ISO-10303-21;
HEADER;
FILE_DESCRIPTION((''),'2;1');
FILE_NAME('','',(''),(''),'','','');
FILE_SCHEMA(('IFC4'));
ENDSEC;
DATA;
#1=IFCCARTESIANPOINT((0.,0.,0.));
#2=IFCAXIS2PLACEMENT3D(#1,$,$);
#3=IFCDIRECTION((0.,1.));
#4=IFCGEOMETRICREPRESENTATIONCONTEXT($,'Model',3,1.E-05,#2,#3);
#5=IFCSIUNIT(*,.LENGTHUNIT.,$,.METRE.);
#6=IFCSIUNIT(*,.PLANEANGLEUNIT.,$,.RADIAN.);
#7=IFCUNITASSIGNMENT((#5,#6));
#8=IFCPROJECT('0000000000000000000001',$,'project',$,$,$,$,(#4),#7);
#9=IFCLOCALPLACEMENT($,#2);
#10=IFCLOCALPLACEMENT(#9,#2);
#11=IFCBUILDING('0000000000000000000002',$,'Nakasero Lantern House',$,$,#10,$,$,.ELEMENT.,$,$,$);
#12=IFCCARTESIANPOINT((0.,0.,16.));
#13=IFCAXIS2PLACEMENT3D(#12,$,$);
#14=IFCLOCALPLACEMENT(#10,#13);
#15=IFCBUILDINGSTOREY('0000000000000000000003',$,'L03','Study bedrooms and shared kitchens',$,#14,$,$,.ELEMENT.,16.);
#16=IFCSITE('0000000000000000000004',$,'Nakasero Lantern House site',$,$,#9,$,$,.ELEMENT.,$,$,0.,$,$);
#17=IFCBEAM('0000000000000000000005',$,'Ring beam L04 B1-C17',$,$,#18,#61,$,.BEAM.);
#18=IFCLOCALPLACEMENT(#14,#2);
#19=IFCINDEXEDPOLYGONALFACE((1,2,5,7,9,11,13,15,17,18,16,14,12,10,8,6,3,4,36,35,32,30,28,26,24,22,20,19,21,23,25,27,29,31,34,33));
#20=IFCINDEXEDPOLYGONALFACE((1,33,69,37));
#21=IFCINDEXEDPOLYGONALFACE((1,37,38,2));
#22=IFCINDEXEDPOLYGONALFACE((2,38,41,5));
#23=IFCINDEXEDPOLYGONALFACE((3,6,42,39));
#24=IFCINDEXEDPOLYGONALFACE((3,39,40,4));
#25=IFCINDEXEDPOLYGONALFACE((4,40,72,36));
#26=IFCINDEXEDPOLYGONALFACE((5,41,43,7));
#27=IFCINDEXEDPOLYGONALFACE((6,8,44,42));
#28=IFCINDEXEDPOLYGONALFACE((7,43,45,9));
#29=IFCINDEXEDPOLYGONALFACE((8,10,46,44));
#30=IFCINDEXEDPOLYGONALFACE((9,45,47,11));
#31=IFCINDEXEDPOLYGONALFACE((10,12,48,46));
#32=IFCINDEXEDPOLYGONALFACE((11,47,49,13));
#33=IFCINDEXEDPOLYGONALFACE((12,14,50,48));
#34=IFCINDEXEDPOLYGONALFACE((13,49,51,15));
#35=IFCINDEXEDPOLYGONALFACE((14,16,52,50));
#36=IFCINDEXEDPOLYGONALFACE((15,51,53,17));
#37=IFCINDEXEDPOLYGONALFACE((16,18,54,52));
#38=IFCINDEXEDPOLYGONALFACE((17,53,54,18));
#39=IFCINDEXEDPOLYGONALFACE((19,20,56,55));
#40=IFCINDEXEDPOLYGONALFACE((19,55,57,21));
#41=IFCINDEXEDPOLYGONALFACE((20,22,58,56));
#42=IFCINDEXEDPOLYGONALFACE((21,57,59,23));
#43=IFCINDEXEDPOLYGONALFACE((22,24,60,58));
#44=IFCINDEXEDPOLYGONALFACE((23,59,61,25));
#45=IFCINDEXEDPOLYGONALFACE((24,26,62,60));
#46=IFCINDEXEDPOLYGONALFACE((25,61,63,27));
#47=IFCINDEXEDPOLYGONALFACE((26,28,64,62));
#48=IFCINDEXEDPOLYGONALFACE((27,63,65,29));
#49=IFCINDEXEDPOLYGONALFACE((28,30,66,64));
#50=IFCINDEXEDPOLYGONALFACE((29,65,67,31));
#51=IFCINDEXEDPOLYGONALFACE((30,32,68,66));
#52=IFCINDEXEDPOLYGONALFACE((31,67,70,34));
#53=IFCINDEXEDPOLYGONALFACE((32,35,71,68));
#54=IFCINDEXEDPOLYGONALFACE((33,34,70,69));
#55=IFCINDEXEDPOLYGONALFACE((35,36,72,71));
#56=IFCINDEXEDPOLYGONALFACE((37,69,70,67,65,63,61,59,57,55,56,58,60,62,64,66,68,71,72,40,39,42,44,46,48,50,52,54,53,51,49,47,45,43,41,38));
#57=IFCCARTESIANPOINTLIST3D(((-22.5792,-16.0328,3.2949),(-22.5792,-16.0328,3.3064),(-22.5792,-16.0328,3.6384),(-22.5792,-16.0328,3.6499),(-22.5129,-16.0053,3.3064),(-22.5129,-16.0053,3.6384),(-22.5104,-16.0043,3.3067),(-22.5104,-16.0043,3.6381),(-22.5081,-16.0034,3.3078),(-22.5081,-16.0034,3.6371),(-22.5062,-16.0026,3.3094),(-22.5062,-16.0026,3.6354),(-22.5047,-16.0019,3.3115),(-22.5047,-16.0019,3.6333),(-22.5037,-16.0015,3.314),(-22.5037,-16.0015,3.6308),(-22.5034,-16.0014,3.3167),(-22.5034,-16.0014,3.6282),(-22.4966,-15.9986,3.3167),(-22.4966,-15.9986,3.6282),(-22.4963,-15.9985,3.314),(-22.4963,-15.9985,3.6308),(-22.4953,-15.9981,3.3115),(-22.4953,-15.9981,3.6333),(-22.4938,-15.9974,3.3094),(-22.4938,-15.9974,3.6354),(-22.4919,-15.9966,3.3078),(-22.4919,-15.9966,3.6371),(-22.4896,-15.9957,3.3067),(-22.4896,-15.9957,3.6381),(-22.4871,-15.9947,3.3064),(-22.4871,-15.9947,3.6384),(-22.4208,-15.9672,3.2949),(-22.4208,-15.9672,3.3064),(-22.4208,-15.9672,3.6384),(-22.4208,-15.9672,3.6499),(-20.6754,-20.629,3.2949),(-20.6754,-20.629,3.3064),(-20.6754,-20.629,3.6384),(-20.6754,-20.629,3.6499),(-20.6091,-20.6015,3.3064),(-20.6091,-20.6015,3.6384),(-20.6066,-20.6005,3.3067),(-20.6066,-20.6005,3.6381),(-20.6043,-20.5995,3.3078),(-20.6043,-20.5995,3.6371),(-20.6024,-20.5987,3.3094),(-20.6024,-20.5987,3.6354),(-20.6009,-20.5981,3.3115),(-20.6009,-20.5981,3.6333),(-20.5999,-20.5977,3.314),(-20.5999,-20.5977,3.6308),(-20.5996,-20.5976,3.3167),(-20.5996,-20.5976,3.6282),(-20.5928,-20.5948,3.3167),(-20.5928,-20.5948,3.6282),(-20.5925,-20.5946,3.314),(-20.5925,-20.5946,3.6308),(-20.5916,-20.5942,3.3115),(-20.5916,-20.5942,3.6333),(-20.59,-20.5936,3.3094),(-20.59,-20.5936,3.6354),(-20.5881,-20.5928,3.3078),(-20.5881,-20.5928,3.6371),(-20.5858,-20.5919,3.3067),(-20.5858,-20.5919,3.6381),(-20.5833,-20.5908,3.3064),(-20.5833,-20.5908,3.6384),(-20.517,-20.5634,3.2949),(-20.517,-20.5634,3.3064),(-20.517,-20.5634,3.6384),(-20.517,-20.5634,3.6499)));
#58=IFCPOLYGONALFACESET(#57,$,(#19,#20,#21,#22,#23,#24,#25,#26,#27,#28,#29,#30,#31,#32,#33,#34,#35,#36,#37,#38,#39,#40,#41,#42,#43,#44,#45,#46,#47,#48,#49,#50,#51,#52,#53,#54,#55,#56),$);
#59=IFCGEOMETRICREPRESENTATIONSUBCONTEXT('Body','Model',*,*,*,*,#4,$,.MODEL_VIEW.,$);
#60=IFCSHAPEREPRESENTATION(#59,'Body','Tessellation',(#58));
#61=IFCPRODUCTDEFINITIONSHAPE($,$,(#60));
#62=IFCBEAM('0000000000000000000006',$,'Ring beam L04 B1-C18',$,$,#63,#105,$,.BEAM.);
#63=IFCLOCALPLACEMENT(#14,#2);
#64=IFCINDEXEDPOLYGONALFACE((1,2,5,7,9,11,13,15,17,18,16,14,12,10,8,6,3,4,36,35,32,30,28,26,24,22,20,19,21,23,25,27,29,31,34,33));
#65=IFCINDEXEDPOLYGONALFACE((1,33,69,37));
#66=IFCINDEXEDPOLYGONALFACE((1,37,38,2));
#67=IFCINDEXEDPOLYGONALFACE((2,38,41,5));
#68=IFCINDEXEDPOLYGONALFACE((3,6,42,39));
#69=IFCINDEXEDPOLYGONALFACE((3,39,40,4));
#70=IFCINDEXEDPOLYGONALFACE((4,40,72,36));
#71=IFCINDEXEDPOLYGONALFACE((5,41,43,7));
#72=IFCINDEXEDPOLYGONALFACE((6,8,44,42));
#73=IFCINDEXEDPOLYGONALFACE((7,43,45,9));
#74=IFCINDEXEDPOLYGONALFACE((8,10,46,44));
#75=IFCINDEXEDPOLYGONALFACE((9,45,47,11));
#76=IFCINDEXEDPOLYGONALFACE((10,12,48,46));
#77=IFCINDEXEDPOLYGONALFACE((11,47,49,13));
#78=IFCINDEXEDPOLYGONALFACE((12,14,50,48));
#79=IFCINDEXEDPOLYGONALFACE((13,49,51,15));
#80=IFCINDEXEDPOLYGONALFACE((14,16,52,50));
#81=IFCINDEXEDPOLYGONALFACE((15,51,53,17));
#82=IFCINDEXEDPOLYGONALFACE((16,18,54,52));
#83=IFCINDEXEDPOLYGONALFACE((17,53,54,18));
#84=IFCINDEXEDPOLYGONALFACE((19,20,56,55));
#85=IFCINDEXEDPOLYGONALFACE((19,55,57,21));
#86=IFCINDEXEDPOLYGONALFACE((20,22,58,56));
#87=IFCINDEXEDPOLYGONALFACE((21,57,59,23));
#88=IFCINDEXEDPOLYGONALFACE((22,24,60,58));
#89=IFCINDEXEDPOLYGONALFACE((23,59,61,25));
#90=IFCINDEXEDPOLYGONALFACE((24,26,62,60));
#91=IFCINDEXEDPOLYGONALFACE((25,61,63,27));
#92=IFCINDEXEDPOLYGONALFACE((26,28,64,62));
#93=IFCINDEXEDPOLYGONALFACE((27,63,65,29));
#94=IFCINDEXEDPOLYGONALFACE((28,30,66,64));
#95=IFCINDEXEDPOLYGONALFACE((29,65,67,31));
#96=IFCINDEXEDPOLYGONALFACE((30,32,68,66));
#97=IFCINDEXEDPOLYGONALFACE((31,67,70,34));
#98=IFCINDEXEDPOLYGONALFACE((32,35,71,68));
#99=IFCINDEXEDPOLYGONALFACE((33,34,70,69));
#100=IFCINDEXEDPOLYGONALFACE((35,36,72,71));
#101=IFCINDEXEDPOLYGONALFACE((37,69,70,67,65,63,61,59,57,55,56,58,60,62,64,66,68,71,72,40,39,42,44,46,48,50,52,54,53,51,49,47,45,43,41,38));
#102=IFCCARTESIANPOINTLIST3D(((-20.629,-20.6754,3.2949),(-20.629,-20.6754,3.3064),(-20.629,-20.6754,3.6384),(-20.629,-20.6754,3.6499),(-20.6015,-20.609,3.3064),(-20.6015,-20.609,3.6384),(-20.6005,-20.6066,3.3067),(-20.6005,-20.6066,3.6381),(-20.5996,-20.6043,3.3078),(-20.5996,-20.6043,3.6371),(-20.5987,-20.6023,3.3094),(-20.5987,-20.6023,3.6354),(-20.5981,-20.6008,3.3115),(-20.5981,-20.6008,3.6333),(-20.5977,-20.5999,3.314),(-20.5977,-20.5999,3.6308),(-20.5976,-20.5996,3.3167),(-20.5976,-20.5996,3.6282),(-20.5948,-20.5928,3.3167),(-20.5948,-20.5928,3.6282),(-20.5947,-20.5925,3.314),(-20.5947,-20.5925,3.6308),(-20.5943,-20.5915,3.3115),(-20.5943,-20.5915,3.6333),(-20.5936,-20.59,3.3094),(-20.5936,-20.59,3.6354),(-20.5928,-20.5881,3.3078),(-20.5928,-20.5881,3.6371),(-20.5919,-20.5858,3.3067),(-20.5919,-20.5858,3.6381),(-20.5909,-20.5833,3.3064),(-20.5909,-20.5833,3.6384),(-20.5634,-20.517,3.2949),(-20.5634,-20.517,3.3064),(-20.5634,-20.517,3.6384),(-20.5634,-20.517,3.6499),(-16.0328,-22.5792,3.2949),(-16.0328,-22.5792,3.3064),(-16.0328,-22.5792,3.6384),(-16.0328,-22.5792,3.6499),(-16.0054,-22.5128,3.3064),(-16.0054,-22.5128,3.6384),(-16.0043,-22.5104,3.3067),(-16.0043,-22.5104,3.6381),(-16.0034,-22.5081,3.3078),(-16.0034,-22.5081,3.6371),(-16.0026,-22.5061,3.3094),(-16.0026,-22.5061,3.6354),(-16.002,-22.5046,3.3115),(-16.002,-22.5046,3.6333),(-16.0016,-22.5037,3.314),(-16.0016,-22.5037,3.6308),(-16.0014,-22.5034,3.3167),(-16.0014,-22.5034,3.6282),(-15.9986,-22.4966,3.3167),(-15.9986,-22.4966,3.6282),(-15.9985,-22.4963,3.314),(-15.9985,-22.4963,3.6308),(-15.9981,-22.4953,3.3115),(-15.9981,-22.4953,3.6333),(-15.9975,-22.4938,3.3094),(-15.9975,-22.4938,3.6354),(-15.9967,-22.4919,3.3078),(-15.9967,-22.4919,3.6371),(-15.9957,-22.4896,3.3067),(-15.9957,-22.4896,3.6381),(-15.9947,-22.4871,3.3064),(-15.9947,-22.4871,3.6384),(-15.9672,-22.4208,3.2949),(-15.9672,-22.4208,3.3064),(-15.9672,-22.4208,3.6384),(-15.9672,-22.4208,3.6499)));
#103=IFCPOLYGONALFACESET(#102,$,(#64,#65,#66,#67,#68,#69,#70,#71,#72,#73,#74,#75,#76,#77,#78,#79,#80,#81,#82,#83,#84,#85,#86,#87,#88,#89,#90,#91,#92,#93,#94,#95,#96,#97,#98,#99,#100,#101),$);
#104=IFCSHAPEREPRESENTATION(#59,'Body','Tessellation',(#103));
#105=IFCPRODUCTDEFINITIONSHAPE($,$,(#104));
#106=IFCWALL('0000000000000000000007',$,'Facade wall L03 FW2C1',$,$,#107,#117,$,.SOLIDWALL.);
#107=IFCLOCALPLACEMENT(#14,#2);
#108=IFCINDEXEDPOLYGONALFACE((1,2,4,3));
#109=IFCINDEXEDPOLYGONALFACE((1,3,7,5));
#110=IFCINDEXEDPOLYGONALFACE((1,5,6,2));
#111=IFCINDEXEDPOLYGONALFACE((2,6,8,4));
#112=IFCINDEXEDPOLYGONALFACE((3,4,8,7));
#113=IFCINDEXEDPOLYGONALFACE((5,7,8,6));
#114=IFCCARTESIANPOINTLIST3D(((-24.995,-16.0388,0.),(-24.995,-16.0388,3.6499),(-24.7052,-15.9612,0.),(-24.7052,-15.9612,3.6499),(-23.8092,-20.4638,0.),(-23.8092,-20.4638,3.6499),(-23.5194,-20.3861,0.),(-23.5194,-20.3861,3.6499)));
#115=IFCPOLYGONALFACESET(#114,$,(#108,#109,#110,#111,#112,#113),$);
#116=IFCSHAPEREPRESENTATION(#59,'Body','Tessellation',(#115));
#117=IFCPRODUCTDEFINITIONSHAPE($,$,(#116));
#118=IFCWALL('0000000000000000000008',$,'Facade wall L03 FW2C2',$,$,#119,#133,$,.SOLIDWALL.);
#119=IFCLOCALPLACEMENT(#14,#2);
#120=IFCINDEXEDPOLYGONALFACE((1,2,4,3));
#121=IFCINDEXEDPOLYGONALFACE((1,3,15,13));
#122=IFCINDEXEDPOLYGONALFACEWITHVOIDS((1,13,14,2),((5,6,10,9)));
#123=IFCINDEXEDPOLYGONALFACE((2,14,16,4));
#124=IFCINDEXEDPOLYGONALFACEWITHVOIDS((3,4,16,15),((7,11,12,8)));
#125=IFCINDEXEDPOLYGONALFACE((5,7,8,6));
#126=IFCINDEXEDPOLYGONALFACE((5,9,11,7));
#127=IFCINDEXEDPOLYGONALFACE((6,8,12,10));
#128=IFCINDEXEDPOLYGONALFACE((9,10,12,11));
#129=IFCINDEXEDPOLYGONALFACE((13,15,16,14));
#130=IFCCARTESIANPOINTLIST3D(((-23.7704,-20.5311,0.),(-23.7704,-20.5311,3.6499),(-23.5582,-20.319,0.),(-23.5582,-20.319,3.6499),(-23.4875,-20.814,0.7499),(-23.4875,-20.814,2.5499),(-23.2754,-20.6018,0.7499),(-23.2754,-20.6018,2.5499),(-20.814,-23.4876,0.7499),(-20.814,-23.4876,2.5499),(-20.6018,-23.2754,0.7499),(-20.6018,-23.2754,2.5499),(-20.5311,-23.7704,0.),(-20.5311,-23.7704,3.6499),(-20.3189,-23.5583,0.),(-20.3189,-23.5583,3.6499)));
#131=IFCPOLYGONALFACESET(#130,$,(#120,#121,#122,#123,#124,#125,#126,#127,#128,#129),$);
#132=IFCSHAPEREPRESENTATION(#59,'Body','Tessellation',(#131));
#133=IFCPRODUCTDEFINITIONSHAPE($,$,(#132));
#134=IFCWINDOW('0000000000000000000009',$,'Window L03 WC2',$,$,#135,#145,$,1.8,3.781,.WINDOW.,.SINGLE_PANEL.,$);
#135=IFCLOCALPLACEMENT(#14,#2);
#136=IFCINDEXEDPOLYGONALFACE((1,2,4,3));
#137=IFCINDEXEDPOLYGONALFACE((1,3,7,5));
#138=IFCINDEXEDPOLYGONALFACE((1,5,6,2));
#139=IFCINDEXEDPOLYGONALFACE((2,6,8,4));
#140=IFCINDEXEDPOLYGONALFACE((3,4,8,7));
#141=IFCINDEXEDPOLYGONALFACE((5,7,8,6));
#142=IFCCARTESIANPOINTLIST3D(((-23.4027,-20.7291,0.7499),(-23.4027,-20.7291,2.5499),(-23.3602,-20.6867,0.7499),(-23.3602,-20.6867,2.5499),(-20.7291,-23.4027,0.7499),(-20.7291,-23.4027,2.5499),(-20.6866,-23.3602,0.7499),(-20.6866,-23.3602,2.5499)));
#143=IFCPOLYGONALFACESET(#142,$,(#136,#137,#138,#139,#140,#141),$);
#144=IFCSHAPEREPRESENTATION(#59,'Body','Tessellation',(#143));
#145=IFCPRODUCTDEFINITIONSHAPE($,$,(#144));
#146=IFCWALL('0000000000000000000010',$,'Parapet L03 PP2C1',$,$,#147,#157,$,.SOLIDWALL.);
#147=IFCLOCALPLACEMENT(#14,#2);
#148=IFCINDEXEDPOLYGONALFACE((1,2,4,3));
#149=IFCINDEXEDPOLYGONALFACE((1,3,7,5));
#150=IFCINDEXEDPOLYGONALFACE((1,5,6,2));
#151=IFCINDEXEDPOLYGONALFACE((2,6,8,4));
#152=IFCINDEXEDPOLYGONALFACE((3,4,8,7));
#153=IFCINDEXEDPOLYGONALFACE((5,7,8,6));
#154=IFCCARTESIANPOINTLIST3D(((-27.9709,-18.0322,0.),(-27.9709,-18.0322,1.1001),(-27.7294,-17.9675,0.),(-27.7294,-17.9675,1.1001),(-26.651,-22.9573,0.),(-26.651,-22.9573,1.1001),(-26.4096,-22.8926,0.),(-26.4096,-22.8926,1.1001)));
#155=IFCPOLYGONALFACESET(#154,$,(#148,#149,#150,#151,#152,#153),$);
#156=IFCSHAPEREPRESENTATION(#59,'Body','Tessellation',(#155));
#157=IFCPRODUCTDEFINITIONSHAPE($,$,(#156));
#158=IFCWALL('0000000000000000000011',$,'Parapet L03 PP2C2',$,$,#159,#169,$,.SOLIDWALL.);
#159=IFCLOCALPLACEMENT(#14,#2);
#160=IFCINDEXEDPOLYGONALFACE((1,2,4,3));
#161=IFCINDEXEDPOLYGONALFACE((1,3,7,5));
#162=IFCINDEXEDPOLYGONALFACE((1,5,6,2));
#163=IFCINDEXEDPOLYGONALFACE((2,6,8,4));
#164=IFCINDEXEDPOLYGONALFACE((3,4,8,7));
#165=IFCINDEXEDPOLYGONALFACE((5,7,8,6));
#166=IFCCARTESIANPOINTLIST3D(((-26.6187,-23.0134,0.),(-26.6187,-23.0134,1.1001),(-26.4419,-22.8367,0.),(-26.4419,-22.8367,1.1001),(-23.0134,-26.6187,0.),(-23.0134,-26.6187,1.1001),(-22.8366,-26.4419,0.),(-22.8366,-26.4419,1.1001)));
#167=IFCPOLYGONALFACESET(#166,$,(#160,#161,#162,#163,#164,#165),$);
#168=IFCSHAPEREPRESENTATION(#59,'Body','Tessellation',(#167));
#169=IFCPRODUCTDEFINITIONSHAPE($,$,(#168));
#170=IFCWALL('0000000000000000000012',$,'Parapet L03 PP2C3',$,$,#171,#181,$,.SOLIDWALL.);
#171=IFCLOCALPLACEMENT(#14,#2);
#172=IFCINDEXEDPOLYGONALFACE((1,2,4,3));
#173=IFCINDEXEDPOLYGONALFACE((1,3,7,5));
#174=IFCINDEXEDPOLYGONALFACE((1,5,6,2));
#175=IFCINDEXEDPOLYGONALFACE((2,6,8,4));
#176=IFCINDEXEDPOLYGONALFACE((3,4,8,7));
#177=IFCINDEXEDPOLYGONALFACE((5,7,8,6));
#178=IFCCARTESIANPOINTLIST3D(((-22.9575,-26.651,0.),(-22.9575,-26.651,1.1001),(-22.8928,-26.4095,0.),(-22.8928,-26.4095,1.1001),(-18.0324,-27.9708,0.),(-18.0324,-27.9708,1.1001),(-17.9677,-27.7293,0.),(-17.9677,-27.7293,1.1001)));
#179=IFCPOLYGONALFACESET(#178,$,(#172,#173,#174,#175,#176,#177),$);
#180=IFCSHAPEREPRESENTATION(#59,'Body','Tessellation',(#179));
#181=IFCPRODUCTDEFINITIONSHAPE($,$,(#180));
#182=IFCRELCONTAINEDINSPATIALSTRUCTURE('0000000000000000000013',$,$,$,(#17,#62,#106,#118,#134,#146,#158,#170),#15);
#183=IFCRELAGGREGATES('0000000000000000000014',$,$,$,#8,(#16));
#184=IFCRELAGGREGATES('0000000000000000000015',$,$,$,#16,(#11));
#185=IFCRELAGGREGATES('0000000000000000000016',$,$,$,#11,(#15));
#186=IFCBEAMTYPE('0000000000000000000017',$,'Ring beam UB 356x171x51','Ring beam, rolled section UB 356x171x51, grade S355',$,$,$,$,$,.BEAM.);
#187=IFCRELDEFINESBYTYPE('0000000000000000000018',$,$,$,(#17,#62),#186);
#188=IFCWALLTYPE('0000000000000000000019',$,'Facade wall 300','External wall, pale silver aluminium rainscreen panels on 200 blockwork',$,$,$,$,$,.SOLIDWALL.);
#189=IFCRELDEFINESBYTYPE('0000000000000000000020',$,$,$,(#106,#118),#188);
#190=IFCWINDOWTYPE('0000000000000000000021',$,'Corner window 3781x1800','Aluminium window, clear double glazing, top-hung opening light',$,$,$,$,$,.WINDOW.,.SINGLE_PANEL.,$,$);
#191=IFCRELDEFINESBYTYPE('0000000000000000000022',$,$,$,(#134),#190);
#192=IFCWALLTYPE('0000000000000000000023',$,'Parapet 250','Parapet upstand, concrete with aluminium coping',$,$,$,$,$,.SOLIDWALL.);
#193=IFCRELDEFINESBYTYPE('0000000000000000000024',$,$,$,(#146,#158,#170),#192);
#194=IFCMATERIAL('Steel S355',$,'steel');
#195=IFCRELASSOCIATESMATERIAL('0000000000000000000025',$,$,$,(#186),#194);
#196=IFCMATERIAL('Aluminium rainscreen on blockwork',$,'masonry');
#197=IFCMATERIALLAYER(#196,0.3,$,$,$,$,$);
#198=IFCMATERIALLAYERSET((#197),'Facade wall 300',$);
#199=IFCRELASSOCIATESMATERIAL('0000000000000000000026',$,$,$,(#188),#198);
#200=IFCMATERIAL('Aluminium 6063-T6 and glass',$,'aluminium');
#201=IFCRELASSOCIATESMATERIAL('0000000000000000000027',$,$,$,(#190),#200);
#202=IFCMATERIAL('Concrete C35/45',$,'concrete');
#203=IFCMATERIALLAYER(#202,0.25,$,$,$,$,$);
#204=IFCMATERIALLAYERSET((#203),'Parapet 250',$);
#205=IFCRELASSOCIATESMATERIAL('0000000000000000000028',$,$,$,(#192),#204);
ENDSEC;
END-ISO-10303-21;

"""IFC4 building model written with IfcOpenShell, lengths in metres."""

from ifc_helpers import new_model, si_unit, direction, frame, frame_2d, origin, origin_2d, place, context, subcontext, project, spatial, rectangle, i_section, extrude, material, layer, layer_set, material_profile, profile_set, type_object, element, fill, save


model = new_model("IFC4")

# Units and contexts
model_context = context("Model", 3, precision=1e-05, world=origin(), true_north=direction((0.0, 1.0)))
body_context = subcontext(model_context, "Body", "Model", "MODEL_VIEW")
ifc_project = project(units=[si_unit("LENGTHUNIT", "METRE"), si_unit("PLANEANGLEUNIT", "RADIAN")], contexts=[model_context])

# Site, building, storey
site_placement = place(None, origin())
site = spatial("IfcSite", under=ifc_project, at=site_placement, Name="Nakasero Lantern House site", CompositionType="ELEMENT", RefElevation=0.0)
building_placement = place(site_placement, origin())
building = spatial("IfcBuilding", under=site, at=building_placement, Name="Nakasero Lantern House", CompositionType="ELEMENT")
storey_placement = place(building_placement, frame((0.0, 0.0, 16.0)))
storey = spatial("IfcBuildingStorey", under=building, at=storey_placement, Name="L03", Description="Study bedrooms and shared kitchens", CompositionType="ELEMENT", Elevation=16.0)

# Beams
ifc_material_1 = material(Name="Steel S355", Category="steel")
ifc_material_profile_1 = material_profile(ifc_material_1, i_section(OverallWidth=0.1714, OverallDepth=0.355, WebThickness=0.0073, FlangeThickness=0.0115, FilletRadius=0.0103, at=origin_2d()), Name="UB 356x171x51")
ifc_profile_set_1 = profile_set([ifc_material_profile_1], Name="Steel S355")
beam_type_1 = type_object("IfcBeamType", Name="Ring beam UB 356x171x51", Description="Ring beam, rolled section UB 356x171x51, grade S355", PredefinedType="BEAM", material=ifc_profile_set_1)
for number, where, z_axis, x_axis, name in (
    (1, (-22.5, -16.0, 3.4724), (0.382684, -0.923879, 0.0), (0.923879, 0.382684, 0.0), "Ring beam L04 B1-C17"),
    (2, (-20.5962, -20.5962, 3.4724), (0.923879, -0.382684, 0.0), (0.382684, 0.923879, 0.0), "Ring beam L04 B1-C18"),
):
    element("IfcBeam", number, at=place(storey_placement, frame(where, z_axis=z_axis, x_axis=x_axis)), inside=storey, type_object=beam_type_1, Name=name, PredefinedType="BEAM", context=body_context, shape_type="SweptSolid", body=[
        extrude(i_section(OverallWidth=0.1714, OverallDepth=0.355, WebThickness=0.0073, FlangeThickness=0.0115, FilletRadius=0.0103, at=origin_2d()), origin(), (0.0, 0.0, 1.0), 4.9749),
    ])

# Wall
ifc_material_2 = material(Name="Aluminium rainscreen on blockwork", Category="masonry")
ifc_layer_1 = layer(ifc_material_2, 0.3)
ifc_layer_set_1 = layer_set([ifc_layer_1], Name="Facade wall 300")
wall_type_1 = type_object("IfcWallType", Name="Facade wall 300", Description="External wall, pale silver aluminium rainscreen panels on 200 blockwork", PredefinedType="SOLIDWALL", material=ifc_layer_set_1)
wall_1_placement = place(storey_placement, frame((-24.8501, -16.0, 0.0), z_axis=(0.0, 0.0, 1.0), x_axis=(0.25884, -0.96592, 0.0)))
element("IfcWall", 3, at=wall_1_placement, inside=storey, type_object=wall_type_1, Name="Facade wall L03 FW2C1", PredefinedType="SOLIDWALL", context=body_context, shape_type="SweptSolid", body=[
    extrude(rectangle(XDim=4.5811, YDim=0.3, at=frame_2d((2.2905, 0.0))), origin(), (0.0, 0.0, 1.0), 3.6499),
])

# Wall, opening, window
wall_2_placement = place(storey_placement, frame((-23.6643, -20.425, 0.0), z_axis=(0.0, 0.0, 1.0), x_axis=(0.707107, -0.707107, 0.0)))
wall_2 = element("IfcWall", 4, at=wall_2_placement, inside=storey, type_object=wall_type_1, Name="Facade wall L03 FW2C2", PredefinedType="SOLIDWALL", context=body_context, shape_type="SweptSolid", body=[
    extrude(rectangle(XDim=4.5811, YDim=0.3, at=frame_2d((2.2905, 0.0))), origin(), (0.0, 0.0, 1.0), 3.6499),
])
opening_placement = place(wall_2_placement, frame((0.3999, 0.0, 0.75)))
opening = element("IfcOpeningElement", 5, at=opening_placement, cuts=wall_2, PredefinedType="OPENING", context=body_context, shape_type="SweptSolid", body=[
    extrude(rectangle(XDim=3.781, YDim=1.8, at=frame_2d((1.8906, 0.8999))), frame((0.0, 0.1699, 0.0), z_axis=(0.0, -1.0, 0.0), x_axis=(1.0, 0.0, 0.0)), (0.0, 0.0, 1.0), 0.3401),
])
ifc_material_3 = material(Name="Aluminium 6063-T6 and glass", Category="aluminium")
window_type = type_object("IfcWindowType", Name="Corner window 3781x1800", Description="Aluminium window, clear double glazing, top-hung opening light", PartitioningType="SINGLE_PANEL", PredefinedType="WINDOW", material=ifc_material_3)
window_placement = place(opening_placement, origin())
window = element("IfcWindow", 6, at=window_placement, inside=storey, type_object=window_type, Name="Window L03 WC2", OverallHeight=1.8, OverallWidth=3.781, PartitioningType="SINGLE_PANEL", PredefinedType="WINDOW", context=body_context, shape_type="SweptSolid", body=[
    extrude(rectangle(XDim=3.781, YDim=1.8, at=frame_2d((1.8906, 0.8999))), frame((0.0, 0.03, 0.0), z_axis=(0.0, -1.0, 0.0), x_axis=(1.0, 0.0, 0.0)), (0.0, 0.0, 1.0), 0.0601),
])
fill(opening, window)

# Walls
ifc_material_4 = material(Name="Concrete C35/45", Category="concrete")
ifc_layer_2 = layer(ifc_material_4, 0.25)
ifc_layer_set_2 = layer_set([ifc_layer_2], Name="Parapet 250")
wall_type_2 = type_object("IfcWallType", Name="Parapet 250", Description="Parapet upstand, concrete with aluminium coping", PredefinedType="SOLIDWALL", material=ifc_layer_set_2)
wall_3_placement = place(storey_placement, frame((-27.8501, -18.0, 0.0), z_axis=(0.0, 0.0, 1.0), x_axis=(0.258849, -0.965918, 0.0)))
element("IfcWall", 7, at=wall_3_placement, inside=storey, type_object=wall_type_2, Name="Parapet L03 PP2C1", PredefinedType="SOLIDWALL", context=body_context, shape_type="SweptSolid", body=[
    extrude(rectangle(XDim=5.0989, YDim=0.25, at=frame_2d((2.5493, 0.0))), origin(), (0.0, 0.0, 1.0), 1.1001),
])
wall_4_placement = place(storey_placement, frame((-26.5303, -22.925, 0.0), z_axis=(0.0, 0.0, 1.0), x_axis=(0.707107, -0.707107, 0.0)))
element("IfcWall", 8, at=wall_4_placement, inside=storey, type_object=wall_type_2, Name="Parapet L03 PP2C2", PredefinedType="SOLIDWALL", context=body_context, shape_type="SweptSolid", body=[
    extrude(rectangle(XDim=5.0986, YDim=0.25, at=frame_2d((2.5493, 0.0))), origin(), (0.0, 0.0, 1.0), 1.1001),
])
wall_5_placement = place(storey_placement, frame((-22.925, -26.5303, 0.0), z_axis=(0.0, 0.0, 1.0), x_axis=(0.965918, -0.258849, 0.0)))
element("IfcWall", 9, at=wall_5_placement, inside=storey, type_object=wall_type_2, Name="Parapet L03 PP2C3", PredefinedType="SOLIDWALL", context=body_context, shape_type="SweptSolid", body=[
    extrude(rectangle(XDim=5.0989, YDim=0.25, at=frame_2d((2.5493, 0.0))), origin(), (0.0, 0.0, 1.0), 1.1001),
])

save(model, "model.ifc")
